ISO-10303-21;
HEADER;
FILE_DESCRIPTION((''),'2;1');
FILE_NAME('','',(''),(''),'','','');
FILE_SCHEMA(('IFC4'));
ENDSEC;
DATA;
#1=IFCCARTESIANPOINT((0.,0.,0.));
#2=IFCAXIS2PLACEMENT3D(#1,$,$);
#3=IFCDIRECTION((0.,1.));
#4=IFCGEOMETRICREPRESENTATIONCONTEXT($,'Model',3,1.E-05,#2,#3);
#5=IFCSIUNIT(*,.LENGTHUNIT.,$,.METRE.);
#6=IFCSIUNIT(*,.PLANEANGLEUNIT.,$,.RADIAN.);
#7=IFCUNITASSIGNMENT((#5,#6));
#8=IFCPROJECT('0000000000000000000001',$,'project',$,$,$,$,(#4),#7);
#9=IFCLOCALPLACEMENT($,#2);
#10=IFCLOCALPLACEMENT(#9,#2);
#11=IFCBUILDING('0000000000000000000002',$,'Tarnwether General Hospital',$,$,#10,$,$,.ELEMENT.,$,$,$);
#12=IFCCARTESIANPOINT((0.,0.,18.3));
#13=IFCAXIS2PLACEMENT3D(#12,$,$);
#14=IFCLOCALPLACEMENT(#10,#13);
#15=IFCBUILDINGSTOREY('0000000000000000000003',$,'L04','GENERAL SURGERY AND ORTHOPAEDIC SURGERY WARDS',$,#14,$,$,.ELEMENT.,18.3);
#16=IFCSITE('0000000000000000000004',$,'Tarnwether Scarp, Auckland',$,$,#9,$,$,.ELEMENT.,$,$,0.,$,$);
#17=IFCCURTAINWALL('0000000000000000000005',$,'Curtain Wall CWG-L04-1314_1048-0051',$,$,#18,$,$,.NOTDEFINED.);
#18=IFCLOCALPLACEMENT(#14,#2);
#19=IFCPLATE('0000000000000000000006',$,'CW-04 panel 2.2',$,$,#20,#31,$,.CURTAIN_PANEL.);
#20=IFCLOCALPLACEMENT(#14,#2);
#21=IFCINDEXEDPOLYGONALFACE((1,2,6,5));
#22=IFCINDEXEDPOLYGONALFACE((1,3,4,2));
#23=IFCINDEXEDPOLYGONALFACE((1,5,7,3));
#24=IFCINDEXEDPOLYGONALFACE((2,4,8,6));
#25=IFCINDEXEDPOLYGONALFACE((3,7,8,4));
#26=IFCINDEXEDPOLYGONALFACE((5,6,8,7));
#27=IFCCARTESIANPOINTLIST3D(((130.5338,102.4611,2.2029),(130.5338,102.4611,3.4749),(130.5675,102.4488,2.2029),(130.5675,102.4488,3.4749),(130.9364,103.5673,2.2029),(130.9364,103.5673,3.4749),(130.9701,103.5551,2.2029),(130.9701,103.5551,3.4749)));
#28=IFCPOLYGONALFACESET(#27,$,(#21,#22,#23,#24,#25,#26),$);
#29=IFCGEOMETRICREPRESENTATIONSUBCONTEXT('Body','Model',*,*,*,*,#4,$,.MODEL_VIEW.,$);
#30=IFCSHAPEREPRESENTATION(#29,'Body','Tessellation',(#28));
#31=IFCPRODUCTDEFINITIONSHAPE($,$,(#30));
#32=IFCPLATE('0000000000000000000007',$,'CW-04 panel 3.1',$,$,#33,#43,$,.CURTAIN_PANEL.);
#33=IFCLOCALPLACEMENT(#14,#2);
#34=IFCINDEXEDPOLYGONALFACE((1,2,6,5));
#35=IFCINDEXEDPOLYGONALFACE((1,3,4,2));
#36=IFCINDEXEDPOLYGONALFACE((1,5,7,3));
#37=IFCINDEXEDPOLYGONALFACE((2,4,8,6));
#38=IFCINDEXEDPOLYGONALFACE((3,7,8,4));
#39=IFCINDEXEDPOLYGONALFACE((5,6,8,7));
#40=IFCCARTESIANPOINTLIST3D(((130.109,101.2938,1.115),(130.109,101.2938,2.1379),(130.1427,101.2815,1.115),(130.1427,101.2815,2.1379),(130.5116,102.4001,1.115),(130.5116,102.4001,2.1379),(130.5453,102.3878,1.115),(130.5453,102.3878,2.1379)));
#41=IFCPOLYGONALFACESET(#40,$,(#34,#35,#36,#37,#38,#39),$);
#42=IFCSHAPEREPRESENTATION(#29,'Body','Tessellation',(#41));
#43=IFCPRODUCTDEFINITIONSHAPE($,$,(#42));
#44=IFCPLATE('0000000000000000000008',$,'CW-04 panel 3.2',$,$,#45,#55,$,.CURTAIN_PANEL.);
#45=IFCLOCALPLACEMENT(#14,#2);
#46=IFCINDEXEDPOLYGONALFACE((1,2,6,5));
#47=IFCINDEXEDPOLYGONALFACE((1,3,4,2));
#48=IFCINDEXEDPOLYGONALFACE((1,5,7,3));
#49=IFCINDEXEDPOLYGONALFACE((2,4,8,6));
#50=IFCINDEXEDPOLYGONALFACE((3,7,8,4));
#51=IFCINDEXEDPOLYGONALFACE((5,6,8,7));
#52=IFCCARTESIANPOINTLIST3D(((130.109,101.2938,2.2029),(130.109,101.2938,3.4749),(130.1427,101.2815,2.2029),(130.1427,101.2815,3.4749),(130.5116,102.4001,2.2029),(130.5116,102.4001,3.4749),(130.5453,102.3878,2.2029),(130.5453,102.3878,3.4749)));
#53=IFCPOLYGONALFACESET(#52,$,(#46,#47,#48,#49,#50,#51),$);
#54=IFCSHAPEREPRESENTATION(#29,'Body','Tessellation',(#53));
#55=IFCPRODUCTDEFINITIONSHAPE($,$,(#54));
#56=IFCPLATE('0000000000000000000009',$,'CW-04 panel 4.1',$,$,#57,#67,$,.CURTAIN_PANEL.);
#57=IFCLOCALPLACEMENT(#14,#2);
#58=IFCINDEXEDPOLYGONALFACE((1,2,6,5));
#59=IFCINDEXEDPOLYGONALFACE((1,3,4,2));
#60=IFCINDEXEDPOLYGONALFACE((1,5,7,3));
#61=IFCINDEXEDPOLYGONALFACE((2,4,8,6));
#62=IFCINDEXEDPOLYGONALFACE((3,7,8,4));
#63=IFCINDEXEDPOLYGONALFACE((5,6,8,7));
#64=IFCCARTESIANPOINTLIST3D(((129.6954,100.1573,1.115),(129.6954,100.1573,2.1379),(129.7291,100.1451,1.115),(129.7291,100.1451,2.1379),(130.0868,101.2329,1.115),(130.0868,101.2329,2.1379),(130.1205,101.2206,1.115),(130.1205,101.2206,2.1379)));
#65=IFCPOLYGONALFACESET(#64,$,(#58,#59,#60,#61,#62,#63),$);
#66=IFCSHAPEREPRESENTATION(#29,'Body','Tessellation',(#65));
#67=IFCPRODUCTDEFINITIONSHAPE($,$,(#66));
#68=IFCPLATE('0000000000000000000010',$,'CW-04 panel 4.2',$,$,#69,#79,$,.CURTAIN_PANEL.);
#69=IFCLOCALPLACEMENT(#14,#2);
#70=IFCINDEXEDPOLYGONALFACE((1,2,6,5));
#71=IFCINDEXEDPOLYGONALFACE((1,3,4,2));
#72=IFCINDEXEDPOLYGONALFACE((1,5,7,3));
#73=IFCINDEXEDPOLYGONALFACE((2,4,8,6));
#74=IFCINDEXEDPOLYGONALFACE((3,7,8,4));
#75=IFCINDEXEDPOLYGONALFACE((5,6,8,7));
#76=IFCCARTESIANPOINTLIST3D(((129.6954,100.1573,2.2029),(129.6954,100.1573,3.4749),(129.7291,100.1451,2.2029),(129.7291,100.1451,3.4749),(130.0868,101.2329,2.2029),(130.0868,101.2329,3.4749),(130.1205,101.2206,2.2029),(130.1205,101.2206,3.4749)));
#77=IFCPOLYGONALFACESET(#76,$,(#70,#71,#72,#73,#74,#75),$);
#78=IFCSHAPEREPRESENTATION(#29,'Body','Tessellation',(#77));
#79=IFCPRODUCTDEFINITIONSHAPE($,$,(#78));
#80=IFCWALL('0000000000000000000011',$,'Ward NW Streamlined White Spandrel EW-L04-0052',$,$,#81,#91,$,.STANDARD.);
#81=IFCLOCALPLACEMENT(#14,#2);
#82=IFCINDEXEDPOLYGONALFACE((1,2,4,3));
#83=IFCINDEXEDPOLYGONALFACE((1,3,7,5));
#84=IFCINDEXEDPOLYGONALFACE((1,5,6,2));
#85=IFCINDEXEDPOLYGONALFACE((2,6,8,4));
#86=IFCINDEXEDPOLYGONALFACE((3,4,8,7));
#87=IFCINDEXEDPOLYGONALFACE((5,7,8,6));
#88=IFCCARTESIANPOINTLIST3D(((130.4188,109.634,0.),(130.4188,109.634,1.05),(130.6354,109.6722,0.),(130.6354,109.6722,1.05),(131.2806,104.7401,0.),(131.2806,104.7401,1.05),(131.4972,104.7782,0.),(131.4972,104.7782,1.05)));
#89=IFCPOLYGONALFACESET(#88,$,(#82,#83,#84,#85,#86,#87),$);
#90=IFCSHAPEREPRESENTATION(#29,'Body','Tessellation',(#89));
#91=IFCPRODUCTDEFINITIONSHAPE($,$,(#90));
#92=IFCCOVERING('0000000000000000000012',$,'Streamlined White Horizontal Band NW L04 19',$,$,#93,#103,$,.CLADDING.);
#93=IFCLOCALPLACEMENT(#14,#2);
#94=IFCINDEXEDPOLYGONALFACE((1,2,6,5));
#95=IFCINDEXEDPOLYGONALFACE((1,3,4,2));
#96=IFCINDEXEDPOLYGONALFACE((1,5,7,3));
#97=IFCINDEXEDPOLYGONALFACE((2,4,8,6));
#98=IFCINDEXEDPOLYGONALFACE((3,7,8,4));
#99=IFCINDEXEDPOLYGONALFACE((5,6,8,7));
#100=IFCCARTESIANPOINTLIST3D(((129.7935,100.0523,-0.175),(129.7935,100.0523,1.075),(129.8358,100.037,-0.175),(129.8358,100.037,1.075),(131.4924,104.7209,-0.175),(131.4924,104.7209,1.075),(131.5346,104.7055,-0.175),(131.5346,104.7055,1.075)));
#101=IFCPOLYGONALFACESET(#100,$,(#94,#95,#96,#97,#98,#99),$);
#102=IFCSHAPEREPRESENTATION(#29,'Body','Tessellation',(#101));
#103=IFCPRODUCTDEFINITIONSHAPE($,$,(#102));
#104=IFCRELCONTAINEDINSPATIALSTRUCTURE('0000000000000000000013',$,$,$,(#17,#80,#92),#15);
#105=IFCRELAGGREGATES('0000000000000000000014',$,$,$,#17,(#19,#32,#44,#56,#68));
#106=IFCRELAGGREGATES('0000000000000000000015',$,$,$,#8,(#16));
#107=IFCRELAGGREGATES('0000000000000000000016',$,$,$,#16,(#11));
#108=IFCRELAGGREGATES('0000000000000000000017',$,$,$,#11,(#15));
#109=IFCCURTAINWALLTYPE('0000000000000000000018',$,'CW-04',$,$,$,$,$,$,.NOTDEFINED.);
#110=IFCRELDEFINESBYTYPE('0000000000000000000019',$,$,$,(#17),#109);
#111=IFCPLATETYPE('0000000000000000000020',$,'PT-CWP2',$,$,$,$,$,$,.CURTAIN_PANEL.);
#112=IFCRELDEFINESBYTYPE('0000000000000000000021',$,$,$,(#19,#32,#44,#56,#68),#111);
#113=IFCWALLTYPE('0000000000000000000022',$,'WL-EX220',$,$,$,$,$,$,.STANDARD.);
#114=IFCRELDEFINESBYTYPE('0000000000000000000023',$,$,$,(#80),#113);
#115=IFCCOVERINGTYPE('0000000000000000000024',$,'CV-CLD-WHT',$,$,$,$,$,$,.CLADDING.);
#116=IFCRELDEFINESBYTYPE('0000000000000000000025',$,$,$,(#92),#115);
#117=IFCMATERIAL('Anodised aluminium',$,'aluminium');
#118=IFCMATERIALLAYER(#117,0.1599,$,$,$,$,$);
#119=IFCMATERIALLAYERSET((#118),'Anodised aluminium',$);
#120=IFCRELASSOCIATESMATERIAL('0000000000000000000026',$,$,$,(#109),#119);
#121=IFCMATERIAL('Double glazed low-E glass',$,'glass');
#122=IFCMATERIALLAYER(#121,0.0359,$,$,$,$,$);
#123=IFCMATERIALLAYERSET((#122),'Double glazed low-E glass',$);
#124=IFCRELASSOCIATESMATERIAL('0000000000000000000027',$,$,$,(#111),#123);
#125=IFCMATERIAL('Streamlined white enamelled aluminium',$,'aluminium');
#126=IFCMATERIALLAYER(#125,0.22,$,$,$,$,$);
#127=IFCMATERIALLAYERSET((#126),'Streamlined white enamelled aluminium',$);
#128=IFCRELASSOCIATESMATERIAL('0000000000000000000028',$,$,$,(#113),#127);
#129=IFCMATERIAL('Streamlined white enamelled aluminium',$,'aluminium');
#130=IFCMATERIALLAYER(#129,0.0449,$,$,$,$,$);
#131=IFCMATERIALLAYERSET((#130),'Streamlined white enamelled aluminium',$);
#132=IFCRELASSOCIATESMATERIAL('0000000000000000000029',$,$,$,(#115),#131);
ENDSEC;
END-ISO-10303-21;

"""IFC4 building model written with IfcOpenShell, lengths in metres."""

from ifc_helpers import new_model, si_unit, direction, frame, frame_2d, origin, origin_2d, place, context, subcontext, project, spatial, rectangle, extrude, material, layer, layer_set, type_object, element, aggregate, save


model = new_model("IFC4")

# Units and contexts
model_context = context("Model", 3, precision=1e-05, world=origin(), true_north=direction((0.0, 1.0)))
body_context = subcontext(model_context, "Body", "Model", "MODEL_VIEW")
ifc_project = project(units=[si_unit("LENGTHUNIT", "METRE"), si_unit("PLANEANGLEUNIT", "RADIAN")], contexts=[model_context])

# Site, building, storey
site_placement = place(None, origin())
site = spatial("IfcSite", under=ifc_project, at=site_placement, Name="Tarnwether Scarp, Auckland", CompositionType="ELEMENT", RefElevation=0.0)
building_placement = place(site_placement, origin())
building = spatial("IfcBuilding", under=site, at=building_placement, Name="Tarnwether General Hospital", CompositionType="ELEMENT")
storey_placement = place(building_placement, frame((0.0, 0.0, 18.3)))
storey = spatial("IfcBuildingStorey", under=building, at=storey_placement, Name="L04", Description="GENERAL SURGERY AND ORTHOPAEDIC SURGERY WARDS", CompositionType="ELEMENT", Elevation=18.3)

# Shared definitions
ifc_material_1 = material(Name="Anodised aluminium", Category="aluminium")
ifc_layer_1 = layer(ifc_material_1, 0.1599)
ifc_layer_set_1 = layer_set([ifc_layer_1], Name="Anodised aluminium")
curtain_wall_type = type_object("IfcCurtainWallType", Name="CW-04", PredefinedType="NOTDEFINED", material=ifc_layer_set_1)

# Curtain wall
curtain_wall_1_placement = place(storey_placement, origin())
curtain_wall_1 = element("IfcCurtainWall", 1, at=curtain_wall_1_placement, inside=storey, type_object=curtain_wall_type, Name="Curtain Wall CWG-L04-1314_1048-0051", PredefinedType="NOTDEFINED")

# Plates
ifc_material_2 = material(Name="Double glazed low-E glass", Category="glass")
ifc_layer_2 = layer(ifc_material_2, 0.0359)
ifc_layer_set_2 = layer_set([ifc_layer_2], Name="Double glazed low-E glass")
plate_type_1 = type_object("IfcPlateType", Name="PT-CWP2", PredefinedType="CURTAIN_PANEL", material=ifc_layer_set_2)
plate_1_placement = place(storey_placement, frame((130.752, 103.0081, 2.2029), z_axis=(0.0, 0.0, 1.0), x_axis=(-0.341953, -0.939717, 0.0)))
plate_1 = element("IfcPlate", 2, at=plate_1_placement, type_object=plate_type_1, Name="CW-04 panel 2.2", PredefinedType="CURTAIN_PANEL", context=body_context, shape_type="SweptSolid", body=[
    extrude(rectangle(XDim=1.1772, YDim=0.0359, at=origin_2d()), origin(), (0.0, 0.0, 1.0), 1.272),
])
plate_2_placement = place(storey_placement, frame((130.3271, 101.8408, 1.115), z_axis=(0.0, 0.0, 1.0), x_axis=(-0.341953, -0.939717, 0.0)))
plate_2 = element("IfcPlate", 3, at=plate_2_placement, type_object=plate_type_1, Name="CW-04 panel 3.1", PredefinedType="CURTAIN_PANEL", context=body_context, shape_type="SweptSolid", body=[
    extrude(rectangle(XDim=1.1772, YDim=0.0359, at=origin_2d()), origin(), (0.0, 0.0, 1.0), 1.0229),
])
plate_3_placement = place(storey_placement, frame((130.3271, 101.8408, 2.2029), z_axis=(0.0, 0.0, 1.0), x_axis=(-0.341953, -0.939717, 0.0)))
plate_3 = element("IfcPlate", 4, at=plate_3_placement, type_object=plate_type_1, Name="CW-04 panel 3.2", PredefinedType="CURTAIN_PANEL", context=body_context, shape_type="SweptSolid", body=[
    extrude(rectangle(XDim=1.1772, YDim=0.0359, at=origin_2d()), origin(), (0.0, 0.0, 1.0), 1.272),
])
plate_4_placement = place(storey_placement, frame((129.908, 100.689, 1.115), z_axis=(0.0, 0.0, 1.0), x_axis=(-0.341953, -0.939717, 0.0)))
plate_4 = element("IfcPlate", 5, at=plate_4_placement, type_object=plate_type_1, Name="CW-04 panel 4.1", PredefinedType="CURTAIN_PANEL", context=body_context, shape_type="SweptSolid", body=[
    extrude(rectangle(XDim=1.1445, YDim=0.0359, at=origin_2d()), origin(), (0.0, 0.0, 1.0), 1.0229),
])
plate_5_placement = place(storey_placement, frame((129.908, 100.689, 2.2029), z_axis=(0.0, 0.0, 1.0), x_axis=(-0.341953, -0.939717, 0.0)))
plate_5 = element("IfcPlate", 6, at=plate_5_placement, type_object=plate_type_1, Name="CW-04 panel 4.2", PredefinedType="CURTAIN_PANEL", context=body_context, shape_type="SweptSolid", body=[
    extrude(rectangle(XDim=1.1445, YDim=0.0359, at=origin_2d()), origin(), (0.0, 0.0, 1.0), 1.272),
])
aggregate(curtain_wall_1, [plate_1, plate_2, plate_3, plate_4, plate_5])

# Wall
ifc_material_3 = material(Name="Streamlined white enamelled aluminium", Category="aluminium")
ifc_layer_3 = layer(ifc_material_3, 0.22)
ifc_layer_set_3 = layer_set([ifc_layer_3], Name="Streamlined white enamelled aluminium")
wall_type = type_object("IfcWallType", Name="WL-EX220", PredefinedType="STANDARD", material=ifc_layer_set_3)
wall_placement = place(storey_placement, frame((130.5271, 109.6531, 0.0), z_axis=(0.0, 0.0, 1.0), x_axis=(0.173427, -0.984847, 0.0)))
element("IfcWall", 7, at=wall_placement, inside=storey, type_object=wall_type, Name="Ward NW Streamlined White Spandrel EW-L04-0052", PredefinedType="STANDARD", context=body_context, shape_type="SweptSolid", body=[
    extrude(rectangle(XDim=4.9692, YDim=0.22, at=frame_2d((2.4846, 0.0))), origin(), (0.0, 0.0, 1.0), 1.05),
])

# Covering
ifc_material_4 = material(Name="Streamlined white enamelled aluminium", Category="aluminium")
ifc_layer_4 = layer(ifc_material_4, 0.0449)
ifc_layer_set_4 = layer_set([ifc_layer_4], Name="Streamlined white enamelled aluminium")
covering_type = type_object("IfcCoveringType", Name="CV-CLD-WHT", PredefinedType="CLADDING", material=ifc_layer_set_4)
covering_placement = place(storey_placement, frame((130.6641, 102.3789, -0.175), z_axis=(0.0, 0.0, 1.0), x_axis=(-0.341955, -0.939716, 0.0)))
element("IfcCovering", 8, at=covering_placement, inside=storey, type_object=covering_type, Name="Streamlined White Horizontal Band NW L04 19", PredefinedType="CLADDING", context=body_context, shape_type="SweptSolid", body=[
    extrude(rectangle(XDim=4.968, YDim=0.0449, at=origin_2d()), origin(), (0.0, 0.0, 1.0), 1.25),
])

save(model, "model.ifc")
